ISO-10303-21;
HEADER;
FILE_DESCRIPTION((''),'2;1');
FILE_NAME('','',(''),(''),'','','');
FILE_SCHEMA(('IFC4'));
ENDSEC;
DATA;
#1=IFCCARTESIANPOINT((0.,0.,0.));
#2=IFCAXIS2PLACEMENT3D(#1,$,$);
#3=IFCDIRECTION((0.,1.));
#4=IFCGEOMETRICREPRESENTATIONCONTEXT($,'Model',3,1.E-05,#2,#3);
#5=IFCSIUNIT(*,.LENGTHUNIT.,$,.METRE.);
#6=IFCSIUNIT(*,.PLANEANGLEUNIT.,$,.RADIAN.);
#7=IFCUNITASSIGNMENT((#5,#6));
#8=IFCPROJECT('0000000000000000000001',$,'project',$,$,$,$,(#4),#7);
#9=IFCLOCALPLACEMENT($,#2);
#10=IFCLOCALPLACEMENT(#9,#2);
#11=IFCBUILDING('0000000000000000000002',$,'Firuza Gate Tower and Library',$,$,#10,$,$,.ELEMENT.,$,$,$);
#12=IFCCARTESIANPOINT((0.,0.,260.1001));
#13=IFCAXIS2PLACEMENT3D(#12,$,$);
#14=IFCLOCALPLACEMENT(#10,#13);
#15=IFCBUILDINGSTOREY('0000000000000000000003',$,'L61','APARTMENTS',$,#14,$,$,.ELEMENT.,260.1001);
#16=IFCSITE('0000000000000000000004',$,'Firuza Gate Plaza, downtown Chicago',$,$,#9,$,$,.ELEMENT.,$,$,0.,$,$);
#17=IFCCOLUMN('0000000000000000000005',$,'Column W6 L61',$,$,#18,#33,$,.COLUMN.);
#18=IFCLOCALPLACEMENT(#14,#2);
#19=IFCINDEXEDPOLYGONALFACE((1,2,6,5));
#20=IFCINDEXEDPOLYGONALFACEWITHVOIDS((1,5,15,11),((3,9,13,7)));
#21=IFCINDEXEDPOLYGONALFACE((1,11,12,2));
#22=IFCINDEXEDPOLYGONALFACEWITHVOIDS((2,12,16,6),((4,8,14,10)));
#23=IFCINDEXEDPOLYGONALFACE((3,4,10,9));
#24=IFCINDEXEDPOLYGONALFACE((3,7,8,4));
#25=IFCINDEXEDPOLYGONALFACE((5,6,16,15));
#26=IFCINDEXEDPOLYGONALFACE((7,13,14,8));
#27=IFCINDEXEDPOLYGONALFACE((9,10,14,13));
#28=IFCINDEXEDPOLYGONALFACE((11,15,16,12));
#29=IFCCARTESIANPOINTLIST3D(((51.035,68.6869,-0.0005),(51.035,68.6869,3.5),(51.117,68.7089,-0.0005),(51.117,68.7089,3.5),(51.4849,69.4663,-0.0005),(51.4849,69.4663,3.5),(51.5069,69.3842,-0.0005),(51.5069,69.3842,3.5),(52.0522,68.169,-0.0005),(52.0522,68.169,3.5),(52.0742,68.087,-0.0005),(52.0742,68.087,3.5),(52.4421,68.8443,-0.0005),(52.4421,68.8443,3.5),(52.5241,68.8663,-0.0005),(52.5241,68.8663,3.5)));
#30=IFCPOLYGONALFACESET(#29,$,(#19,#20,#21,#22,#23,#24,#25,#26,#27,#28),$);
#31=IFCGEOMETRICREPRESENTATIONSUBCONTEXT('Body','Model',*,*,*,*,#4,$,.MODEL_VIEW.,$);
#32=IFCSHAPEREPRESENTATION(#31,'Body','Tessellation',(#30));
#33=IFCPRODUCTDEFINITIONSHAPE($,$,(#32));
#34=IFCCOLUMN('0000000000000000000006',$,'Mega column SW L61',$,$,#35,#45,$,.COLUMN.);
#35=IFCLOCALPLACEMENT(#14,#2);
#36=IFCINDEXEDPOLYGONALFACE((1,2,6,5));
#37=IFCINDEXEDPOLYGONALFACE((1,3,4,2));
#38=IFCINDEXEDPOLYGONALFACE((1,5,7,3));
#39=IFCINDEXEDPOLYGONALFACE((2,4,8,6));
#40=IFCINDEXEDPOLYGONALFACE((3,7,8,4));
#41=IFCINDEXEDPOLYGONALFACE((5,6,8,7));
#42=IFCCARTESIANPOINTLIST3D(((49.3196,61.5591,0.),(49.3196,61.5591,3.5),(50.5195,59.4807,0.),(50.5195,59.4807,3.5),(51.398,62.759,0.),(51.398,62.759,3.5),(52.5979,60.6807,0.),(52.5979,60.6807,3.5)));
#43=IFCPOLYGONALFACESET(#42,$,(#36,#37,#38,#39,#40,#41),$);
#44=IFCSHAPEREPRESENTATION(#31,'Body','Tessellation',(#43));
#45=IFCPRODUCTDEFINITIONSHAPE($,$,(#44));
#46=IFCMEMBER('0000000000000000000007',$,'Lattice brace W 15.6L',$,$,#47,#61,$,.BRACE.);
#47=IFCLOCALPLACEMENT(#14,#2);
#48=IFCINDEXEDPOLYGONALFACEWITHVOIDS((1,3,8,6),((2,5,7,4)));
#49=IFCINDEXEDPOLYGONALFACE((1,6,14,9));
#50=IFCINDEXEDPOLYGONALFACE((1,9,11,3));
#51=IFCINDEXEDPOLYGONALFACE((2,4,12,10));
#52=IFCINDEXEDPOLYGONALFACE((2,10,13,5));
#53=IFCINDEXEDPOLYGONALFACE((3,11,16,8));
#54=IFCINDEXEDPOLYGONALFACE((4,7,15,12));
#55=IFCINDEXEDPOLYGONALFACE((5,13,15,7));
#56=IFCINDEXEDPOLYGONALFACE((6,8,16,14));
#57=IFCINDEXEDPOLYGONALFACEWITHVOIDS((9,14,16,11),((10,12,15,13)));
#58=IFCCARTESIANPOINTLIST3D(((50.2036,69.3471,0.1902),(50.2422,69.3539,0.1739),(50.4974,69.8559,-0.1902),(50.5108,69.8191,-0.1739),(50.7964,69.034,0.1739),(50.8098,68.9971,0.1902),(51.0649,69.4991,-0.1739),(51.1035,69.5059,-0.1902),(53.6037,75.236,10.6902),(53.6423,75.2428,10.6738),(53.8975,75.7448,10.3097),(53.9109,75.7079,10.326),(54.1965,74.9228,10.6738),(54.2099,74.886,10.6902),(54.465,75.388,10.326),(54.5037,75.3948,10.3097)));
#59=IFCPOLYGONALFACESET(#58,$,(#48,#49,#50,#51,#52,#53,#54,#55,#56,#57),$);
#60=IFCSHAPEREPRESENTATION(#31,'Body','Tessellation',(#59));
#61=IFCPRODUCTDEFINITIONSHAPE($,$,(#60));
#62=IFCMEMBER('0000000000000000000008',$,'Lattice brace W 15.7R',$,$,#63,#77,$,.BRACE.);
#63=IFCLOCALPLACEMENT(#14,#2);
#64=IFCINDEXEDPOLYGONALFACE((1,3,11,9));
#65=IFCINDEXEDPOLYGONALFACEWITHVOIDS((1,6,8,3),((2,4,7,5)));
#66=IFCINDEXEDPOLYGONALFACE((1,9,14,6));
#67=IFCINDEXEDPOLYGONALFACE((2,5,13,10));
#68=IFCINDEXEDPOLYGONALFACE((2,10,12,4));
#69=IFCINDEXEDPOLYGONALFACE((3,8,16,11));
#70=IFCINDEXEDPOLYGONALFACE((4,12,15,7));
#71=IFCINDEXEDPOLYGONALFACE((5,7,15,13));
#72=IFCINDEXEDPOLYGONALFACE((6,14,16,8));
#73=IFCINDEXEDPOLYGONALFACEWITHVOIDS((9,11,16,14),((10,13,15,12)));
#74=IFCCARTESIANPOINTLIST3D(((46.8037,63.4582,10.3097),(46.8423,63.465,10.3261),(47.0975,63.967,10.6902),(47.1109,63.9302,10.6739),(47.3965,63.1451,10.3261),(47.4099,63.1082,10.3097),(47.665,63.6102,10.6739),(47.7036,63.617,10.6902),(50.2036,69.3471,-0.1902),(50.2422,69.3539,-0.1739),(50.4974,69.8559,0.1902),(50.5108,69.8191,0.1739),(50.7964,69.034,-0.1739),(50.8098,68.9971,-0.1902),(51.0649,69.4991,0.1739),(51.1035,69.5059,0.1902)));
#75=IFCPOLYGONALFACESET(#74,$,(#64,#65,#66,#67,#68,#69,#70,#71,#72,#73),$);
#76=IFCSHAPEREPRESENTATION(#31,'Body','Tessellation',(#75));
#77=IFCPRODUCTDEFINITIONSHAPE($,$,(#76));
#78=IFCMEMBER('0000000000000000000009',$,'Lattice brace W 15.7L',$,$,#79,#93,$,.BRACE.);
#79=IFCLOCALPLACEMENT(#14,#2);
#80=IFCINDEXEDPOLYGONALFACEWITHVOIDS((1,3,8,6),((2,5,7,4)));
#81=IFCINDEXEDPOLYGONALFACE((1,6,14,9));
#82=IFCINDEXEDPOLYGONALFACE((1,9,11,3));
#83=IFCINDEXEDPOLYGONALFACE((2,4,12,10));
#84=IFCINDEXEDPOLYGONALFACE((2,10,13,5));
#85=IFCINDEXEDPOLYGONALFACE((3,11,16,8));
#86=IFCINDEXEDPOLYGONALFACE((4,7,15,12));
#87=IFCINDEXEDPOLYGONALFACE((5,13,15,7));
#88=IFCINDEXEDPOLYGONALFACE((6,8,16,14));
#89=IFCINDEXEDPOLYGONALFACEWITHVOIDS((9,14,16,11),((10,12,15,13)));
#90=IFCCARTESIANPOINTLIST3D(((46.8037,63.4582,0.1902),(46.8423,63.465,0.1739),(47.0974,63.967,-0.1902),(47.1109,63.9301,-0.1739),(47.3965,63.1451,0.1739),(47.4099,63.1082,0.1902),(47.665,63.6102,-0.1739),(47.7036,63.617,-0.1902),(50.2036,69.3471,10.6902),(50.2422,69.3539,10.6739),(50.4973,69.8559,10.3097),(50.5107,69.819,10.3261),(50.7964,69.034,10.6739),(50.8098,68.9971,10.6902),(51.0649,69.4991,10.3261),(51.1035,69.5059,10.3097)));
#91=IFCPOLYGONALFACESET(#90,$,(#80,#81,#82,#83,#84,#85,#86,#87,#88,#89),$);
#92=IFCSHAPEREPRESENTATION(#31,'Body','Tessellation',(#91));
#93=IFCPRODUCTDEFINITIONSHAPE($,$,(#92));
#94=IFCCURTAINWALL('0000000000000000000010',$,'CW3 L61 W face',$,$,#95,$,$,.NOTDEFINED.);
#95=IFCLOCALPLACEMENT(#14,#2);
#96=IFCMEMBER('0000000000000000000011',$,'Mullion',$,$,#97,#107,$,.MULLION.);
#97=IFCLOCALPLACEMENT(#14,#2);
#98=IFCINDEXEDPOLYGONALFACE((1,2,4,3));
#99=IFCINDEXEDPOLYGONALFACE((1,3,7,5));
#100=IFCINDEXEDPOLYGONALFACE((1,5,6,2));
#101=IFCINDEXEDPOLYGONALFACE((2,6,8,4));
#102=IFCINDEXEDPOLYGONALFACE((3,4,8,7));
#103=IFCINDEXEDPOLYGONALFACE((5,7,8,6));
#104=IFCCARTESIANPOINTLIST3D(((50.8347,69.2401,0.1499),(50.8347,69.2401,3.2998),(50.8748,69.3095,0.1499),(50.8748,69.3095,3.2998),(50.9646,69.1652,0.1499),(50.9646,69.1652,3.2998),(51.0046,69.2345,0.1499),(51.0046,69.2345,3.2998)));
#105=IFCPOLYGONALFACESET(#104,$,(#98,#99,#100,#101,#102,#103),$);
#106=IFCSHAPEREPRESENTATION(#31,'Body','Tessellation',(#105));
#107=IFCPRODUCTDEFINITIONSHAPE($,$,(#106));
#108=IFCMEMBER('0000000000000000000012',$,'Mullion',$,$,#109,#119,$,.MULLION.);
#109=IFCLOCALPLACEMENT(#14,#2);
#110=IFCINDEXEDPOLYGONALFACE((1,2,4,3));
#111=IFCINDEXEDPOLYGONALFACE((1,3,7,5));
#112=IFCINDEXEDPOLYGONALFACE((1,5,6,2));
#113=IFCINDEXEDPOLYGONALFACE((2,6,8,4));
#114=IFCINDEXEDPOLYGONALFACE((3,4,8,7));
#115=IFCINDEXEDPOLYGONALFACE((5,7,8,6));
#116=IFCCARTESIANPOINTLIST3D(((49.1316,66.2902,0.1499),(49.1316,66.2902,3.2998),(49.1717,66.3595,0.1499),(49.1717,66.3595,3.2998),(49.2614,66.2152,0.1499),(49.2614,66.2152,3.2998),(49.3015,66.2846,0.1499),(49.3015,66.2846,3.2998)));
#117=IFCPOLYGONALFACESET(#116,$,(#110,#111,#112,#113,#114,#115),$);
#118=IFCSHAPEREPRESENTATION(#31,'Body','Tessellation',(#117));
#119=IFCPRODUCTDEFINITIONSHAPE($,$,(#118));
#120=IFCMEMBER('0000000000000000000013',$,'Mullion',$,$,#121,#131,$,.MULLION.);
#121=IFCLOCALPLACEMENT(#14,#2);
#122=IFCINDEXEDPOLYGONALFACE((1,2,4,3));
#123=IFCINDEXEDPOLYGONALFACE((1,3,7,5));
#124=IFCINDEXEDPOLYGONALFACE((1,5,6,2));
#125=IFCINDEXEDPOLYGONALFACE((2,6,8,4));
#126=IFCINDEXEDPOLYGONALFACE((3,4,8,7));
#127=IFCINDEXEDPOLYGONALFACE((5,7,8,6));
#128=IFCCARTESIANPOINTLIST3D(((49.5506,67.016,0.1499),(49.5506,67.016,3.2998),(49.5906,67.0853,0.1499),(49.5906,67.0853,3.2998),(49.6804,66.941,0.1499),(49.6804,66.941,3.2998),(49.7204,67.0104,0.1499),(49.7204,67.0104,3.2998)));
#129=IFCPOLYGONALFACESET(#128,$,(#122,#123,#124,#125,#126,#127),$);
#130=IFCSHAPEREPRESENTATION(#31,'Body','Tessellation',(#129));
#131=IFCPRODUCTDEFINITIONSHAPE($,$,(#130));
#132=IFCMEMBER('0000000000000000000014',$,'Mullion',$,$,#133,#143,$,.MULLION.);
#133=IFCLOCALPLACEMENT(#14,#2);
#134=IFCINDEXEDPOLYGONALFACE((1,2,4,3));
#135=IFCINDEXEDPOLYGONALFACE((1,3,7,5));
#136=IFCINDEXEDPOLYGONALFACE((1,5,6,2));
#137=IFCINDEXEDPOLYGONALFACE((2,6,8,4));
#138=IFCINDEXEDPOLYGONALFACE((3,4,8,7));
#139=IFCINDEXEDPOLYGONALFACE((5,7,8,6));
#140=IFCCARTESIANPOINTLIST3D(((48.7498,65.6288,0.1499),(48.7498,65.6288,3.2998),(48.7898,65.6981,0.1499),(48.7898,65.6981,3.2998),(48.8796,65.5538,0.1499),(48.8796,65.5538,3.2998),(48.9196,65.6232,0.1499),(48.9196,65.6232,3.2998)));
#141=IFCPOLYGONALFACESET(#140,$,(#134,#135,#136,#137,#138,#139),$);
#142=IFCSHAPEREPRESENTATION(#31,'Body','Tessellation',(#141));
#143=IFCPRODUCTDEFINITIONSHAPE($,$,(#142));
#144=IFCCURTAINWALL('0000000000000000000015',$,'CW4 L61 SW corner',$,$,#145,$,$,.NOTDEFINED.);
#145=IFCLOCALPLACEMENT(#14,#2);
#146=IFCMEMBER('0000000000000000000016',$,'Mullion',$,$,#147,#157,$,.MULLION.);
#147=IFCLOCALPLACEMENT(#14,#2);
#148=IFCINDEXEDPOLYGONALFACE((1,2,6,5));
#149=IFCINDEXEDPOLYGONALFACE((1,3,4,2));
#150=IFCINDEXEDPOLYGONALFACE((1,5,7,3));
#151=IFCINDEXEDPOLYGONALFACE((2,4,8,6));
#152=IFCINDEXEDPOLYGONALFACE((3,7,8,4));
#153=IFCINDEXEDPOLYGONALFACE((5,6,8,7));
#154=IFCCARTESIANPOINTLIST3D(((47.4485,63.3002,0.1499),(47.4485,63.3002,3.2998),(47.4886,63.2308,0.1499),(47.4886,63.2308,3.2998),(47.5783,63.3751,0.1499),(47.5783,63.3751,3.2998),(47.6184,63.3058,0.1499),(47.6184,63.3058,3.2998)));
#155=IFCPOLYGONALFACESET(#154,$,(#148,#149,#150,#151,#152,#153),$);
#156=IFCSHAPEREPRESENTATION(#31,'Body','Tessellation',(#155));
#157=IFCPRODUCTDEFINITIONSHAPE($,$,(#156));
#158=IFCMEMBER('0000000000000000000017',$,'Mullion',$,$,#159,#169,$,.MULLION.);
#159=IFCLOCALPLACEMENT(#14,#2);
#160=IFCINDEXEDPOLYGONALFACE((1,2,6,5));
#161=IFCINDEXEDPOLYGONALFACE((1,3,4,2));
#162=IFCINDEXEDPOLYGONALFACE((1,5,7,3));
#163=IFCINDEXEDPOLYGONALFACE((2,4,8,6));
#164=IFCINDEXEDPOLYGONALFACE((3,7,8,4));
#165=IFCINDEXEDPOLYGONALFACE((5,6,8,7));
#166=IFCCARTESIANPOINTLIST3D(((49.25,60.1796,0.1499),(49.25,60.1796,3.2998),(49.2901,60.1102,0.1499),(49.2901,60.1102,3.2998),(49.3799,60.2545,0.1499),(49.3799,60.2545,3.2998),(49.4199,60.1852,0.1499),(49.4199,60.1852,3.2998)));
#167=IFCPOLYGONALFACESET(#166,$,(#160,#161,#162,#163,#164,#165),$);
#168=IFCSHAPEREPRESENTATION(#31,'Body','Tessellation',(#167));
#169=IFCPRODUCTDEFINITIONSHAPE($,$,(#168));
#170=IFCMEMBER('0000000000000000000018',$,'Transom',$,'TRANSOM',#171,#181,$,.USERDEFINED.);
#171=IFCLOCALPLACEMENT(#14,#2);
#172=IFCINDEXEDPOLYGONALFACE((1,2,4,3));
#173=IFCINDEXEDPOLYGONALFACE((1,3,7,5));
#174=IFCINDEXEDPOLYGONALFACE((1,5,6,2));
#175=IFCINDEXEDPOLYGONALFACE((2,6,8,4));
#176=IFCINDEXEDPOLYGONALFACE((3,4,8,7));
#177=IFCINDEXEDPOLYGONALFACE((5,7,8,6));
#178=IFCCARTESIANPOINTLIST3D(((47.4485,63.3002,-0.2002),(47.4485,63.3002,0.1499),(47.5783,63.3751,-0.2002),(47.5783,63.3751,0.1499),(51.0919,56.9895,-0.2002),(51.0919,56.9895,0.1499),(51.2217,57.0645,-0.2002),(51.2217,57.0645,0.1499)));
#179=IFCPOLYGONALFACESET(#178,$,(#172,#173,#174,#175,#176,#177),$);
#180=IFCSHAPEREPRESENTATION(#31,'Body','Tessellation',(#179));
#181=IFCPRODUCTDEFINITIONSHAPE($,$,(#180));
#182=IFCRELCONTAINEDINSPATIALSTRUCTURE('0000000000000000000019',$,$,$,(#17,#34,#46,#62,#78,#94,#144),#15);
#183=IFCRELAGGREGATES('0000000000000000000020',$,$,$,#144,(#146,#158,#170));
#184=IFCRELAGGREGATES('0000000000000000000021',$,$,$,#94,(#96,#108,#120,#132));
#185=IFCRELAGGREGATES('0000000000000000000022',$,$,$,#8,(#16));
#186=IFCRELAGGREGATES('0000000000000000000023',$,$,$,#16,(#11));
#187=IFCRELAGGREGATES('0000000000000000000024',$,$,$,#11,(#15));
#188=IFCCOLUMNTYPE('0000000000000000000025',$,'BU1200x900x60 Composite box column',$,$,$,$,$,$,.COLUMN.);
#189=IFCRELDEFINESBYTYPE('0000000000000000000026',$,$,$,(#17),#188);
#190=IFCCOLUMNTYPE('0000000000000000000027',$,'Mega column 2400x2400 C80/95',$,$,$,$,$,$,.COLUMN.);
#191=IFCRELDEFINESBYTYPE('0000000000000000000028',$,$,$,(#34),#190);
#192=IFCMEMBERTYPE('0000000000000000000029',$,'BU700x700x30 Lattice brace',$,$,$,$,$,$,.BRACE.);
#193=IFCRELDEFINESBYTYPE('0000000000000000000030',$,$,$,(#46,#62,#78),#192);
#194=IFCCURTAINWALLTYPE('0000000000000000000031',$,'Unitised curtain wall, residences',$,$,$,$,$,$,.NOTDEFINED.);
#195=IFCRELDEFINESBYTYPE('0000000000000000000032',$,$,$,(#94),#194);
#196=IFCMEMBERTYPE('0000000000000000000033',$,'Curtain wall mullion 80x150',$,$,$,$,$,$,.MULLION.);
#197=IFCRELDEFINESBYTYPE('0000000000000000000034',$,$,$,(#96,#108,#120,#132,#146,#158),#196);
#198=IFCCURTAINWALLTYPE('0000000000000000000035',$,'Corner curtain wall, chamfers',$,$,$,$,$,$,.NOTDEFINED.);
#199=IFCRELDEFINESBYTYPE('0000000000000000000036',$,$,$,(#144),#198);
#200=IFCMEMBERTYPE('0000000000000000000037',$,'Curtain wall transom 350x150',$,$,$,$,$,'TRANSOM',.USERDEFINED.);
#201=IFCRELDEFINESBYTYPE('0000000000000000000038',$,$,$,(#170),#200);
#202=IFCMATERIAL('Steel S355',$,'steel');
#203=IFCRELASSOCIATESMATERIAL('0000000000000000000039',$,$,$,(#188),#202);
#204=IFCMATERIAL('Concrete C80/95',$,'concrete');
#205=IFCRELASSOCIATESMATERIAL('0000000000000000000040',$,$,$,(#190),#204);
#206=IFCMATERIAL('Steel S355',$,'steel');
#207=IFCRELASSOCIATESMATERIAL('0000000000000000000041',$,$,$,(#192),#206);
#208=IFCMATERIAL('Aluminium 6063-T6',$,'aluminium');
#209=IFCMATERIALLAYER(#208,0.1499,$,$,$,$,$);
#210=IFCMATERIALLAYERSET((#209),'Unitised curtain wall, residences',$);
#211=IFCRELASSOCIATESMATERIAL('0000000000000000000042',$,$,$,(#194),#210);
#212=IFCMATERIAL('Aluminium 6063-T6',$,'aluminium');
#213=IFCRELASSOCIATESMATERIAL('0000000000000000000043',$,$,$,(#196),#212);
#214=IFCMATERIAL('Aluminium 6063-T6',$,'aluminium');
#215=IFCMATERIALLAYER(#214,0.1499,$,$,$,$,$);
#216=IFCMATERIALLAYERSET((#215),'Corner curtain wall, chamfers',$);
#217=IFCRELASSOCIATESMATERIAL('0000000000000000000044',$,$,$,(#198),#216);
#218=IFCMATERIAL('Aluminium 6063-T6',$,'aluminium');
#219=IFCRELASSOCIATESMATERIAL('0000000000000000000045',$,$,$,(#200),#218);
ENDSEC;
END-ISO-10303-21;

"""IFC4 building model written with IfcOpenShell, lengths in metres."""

from ifc_helpers import new_model, si_unit, direction, frame, origin, origin_2d, place, context, subcontext, project, spatial, rectangle, hollow_rectangle, extrude, material, layer, layer_set, material_profile, profile_set, type_object, element, aggregate, save


model = new_model("IFC4")

# Units and contexts
model_context = context("Model", 3, precision=1e-05, world=origin(), true_north=direction((0.0, 1.0)))
body_context = subcontext(model_context, "Body", "Model", "MODEL_VIEW")
ifc_project = project(units=[si_unit("LENGTHUNIT", "METRE"), si_unit("PLANEANGLEUNIT", "RADIAN")], contexts=[model_context])

# Site, building, storey
site_placement = place(None, origin())
site = spatial("IfcSite", under=ifc_project, at=site_placement, Name="Firuza Gate Plaza, downtown Chicago", CompositionType="ELEMENT", RefElevation=0.0)
building_placement = place(site_placement, origin())
building = spatial("IfcBuilding", under=site, at=building_placement, Name="Firuza Gate Tower and Library", CompositionType="ELEMENT")
storey_placement = place(building_placement, frame((0.0, 0.0, 260.1001)))
storey = spatial("IfcBuildingStorey", under=building, at=storey_placement, Name="L61", Description="APARTMENTS", CompositionType="ELEMENT", Elevation=260.1001)

# Columns
ifc_material_1 = material(Name="Steel S355", Category="steel")
ifc_material_profile_1 = material_profile(ifc_material_1, hollow_rectangle(XDim=0.8999, YDim=1.2, WallThickness=0.0601, at=origin_2d()))
ifc_profile_set_1 = profile_set([ifc_material_profile_1], Name="Steel S355")
column_type_1 = type_object("IfcColumnType", Name="BU1200x900x60 Composite box column", PredefinedType="COLUMN", material=ifc_profile_set_1)
column_1_placement = place(storey_placement, frame((51.7795, 68.7766, -0.0005), z_axis=(0.0, 0.0, 1.0), x_axis=(-0.5, -0.866025, 0.0)))
element("IfcColumn", 1, at=column_1_placement, inside=storey, type_object=column_type_1, Name="Column W6 L61", PredefinedType="COLUMN", context=body_context, shape_type="SweptSolid", body=[
    extrude(hollow_rectangle(XDim=0.8999, YDim=1.2, WallThickness=0.0601, at=origin_2d()), origin(), (0.0, 0.0, 1.0), 3.5005),
])
ifc_material_2 = material(Name="Concrete C80/95", Category="concrete")
ifc_material_profile_2 = material_profile(ifc_material_2, rectangle(XDim=2.3999, YDim=2.3999, at=origin_2d()))
ifc_profile_set_2 = profile_set([ifc_material_profile_2], Name="Concrete C80/95")
column_type_2 = type_object("IfcColumnType", Name="Mega column 2400x2400 C80/95", PredefinedType="COLUMN", material=ifc_profile_set_2)
column_2_placement = place(storey_placement, frame((50.9587, 61.1199, 0.0), z_axis=(0.0, 0.0, 1.0), x_axis=(0.5, -0.866025, 0.0)))
element("IfcColumn", 2, at=column_2_placement, inside=storey, type_object=column_type_2, Name="Mega column SW L61", PredefinedType="COLUMN", context=body_context, shape_type="SweptSolid", body=[
    extrude(rectangle(XDim=2.3999, YDim=2.3999, at=origin_2d()), origin(), (0.0, 0.0, 1.0), 3.5),
])

# Members
ifc_material_3 = material(Name="Steel S355", Category="steel")
ifc_material_profile_3 = material_profile(ifc_material_3, hollow_rectangle(XDim=0.7, YDim=0.7, WallThickness=0.03, at=origin_2d()))
ifc_profile_set_3 = profile_set([ifc_material_profile_3], Name="Steel S355")
member_type_1 = type_object("IfcMemberType", Name="BU700x700x30 Lattice brace", PredefinedType="BRACE", material=ifc_profile_set_3)
for number, where, z_axis, x_axis, name in (
    (3, (50.6536, 69.4265, 0.0), (0.271803, 0.470751, 0.839355), (-0.866014, 0.50002, 0.0), "Lattice brace W 15.6L"),
    (4, (50.6536, 69.4265, 0.0), (-0.271785, -0.470754, 0.839359), (0.86603, -0.499993, 0.0), "Lattice brace W 15.7R"),
    (5, (47.2537, 63.5376, 0.0), (0.271785, 0.470754, 0.839359), (-0.86603, 0.499993, 0.0), "Lattice brace W 15.7L"),
):
    element("IfcMember", number, at=place(storey_placement, frame(where, z_axis=z_axis, x_axis=x_axis)), inside=storey, type_object=member_type_1, Name=name, PredefinedType="BRACE", context=body_context, shape_type="SweptSolid", body=[
        extrude(hollow_rectangle(XDim=0.7, YDim=0.7, WallThickness=0.03, at=origin_2d()), origin(), (0.0, 0.0, 1.0), 12.5095),
    ])

# Curtain walls, members
ifc_material_4 = material(Name="Aluminium 6063-T6", Category="aluminium")
ifc_layer_1 = layer(ifc_material_4, 0.1499)
ifc_layer_set_1 = layer_set([ifc_layer_1], Name="Unitised curtain wall, residences")
curtain_wall_type_1 = type_object("IfcCurtainWallType", Name="Unitised curtain wall, residences", PredefinedType="NOTDEFINED", material=ifc_layer_set_1)
placement = place(storey_placement, origin())
curtain_wall_1 = element("IfcCurtainWall", 6, at=placement, inside=storey, type_object=curtain_wall_type_1, Name="CW3 L61 W face", PredefinedType="NOTDEFINED")
ifc_material_5 = material(Name="Aluminium 6063-T6", Category="aluminium")
ifc_material_profile_4 = material_profile(ifc_material_5, rectangle(XDim=0.1499, YDim=0.0801, at=origin_2d()))
ifc_profile_set_4 = profile_set([ifc_material_profile_4], Name="Aluminium 6063-T6")
member_type_2 = type_object("IfcMemberType", Name="Curtain wall mullion 80x150", PredefinedType="MULLION", material=ifc_profile_set_4)
member_1_placement = place(storey_placement, frame((50.9197, 69.2373, 0.1499), z_axis=(0.0, 0.0, 1.0), x_axis=(0.866025, -0.5, 0.0)))
member_1 = element("IfcMember", 7, at=member_1_placement, type_object=member_type_2, Name="Mullion", PredefinedType="MULLION", context=body_context, shape_type="SweptSolid", body=[
    extrude(rectangle(XDim=0.1499, YDim=0.0801, at=origin_2d()), origin(), (0.0, 0.0, 1.0), 3.1499),
])
member_2_placement = place(storey_placement, frame((49.2166, 66.2874, 0.1499), z_axis=(0.0, 0.0, 1.0), x_axis=(0.866025, -0.5, 0.0)))
member_2 = element("IfcMember", 8, at=member_2_placement, type_object=member_type_2, Name="Mullion", PredefinedType="MULLION", context=body_context, shape_type="SweptSolid", body=[
    extrude(rectangle(XDim=0.1499, YDim=0.0801, at=origin_2d()), origin(), (0.0, 0.0, 1.0), 3.1499),
])
member_3_placement = place(storey_placement, frame((49.6355, 67.0132, 0.1499), z_axis=(0.0, 0.0, 1.0), x_axis=(0.866025, -0.5, 0.0)))
member_3 = element("IfcMember", 9, at=member_3_placement, type_object=member_type_2, Name="Mullion", PredefinedType="MULLION", context=body_context, shape_type="SweptSolid", body=[
    extrude(rectangle(XDim=0.1499, YDim=0.0801, at=origin_2d()), origin(), (0.0, 0.0, 1.0), 3.1499),
])
member_4_placement = place(storey_placement, frame((48.8347, 65.626, 0.1499), z_axis=(0.0, 0.0, 1.0), x_axis=(0.866025, -0.5, 0.0)))
member_4 = element("IfcMember", 10, at=member_4_placement, type_object=member_type_2, Name="Mullion", PredefinedType="MULLION", context=body_context, shape_type="SweptSolid", body=[
    extrude(rectangle(XDim=0.1499, YDim=0.0801, at=origin_2d()), origin(), (0.0, 0.0, 1.0), 3.1499),
])
ifc_material_6 = material(Name="Aluminium 6063-T6", Category="aluminium")
ifc_layer_2 = layer(ifc_material_6, 0.1499)
ifc_layer_set_2 = layer_set([ifc_layer_2], Name="Corner curtain wall, chamfers")
curtain_wall_type_2 = type_object("IfcCurtainWallType", Name="Corner curtain wall, chamfers", PredefinedType="NOTDEFINED", material=ifc_layer_set_2)
curtain_wall_2 = element("IfcCurtainWall", 11, at=placement, inside=storey, type_object=curtain_wall_type_2, Name="CW4 L61 SW corner", PredefinedType="NOTDEFINED")
member_5_placement = place(storey_placement, frame((47.5334, 63.303, 0.1499), z_axis=(0.0, 0.0, 1.0), x_axis=(0.866025, 0.5, 0.0)))
member_5 = element("IfcMember", 12, at=member_5_placement, type_object=member_type_2, Name="Mullion", PredefinedType="MULLION", context=body_context, shape_type="SweptSolid", body=[
    extrude(rectangle(XDim=0.1499, YDim=0.0801, at=origin_2d()), origin(), (0.0, 0.0, 1.0), 3.1499),
])
member_6_placement = place(storey_placement, frame((49.335, 60.1824, 0.1499), z_axis=(0.0, 0.0, 1.0), x_axis=(0.866025, 0.5, 0.0)))
member_6 = element("IfcMember", 13, at=member_6_placement, type_object=member_type_2, Name="Mullion", PredefinedType="MULLION", context=body_context, shape_type="SweptSolid", body=[
    extrude(rectangle(XDim=0.1499, YDim=0.0801, at=origin_2d()), origin(), (0.0, 0.0, 1.0), 3.1499),
])
ifc_material_7 = material(Name="Aluminium 6063-T6", Category="aluminium")
ifc_material_profile_5 = material_profile(ifc_material_7, rectangle(XDim=0.1499, YDim=0.3501, at=origin_2d()))
ifc_profile_set_5 = profile_set([ifc_material_profile_5], Name="Aluminium 6063-T6")
member_type_3 = type_object("IfcMemberType", Name="Curtain wall transom 350x150", ElementType="TRANSOM", PredefinedType="USERDEFINED", material=ifc_profile_set_5)
member_7_placement = place(storey_placement, frame((47.5134, 63.3376, -0.0251), z_axis=(0.499991, -0.86603, 0.0), x_axis=(0.86603, 0.499991, 0.0)))
member_7 = element("IfcMember", 14, at=member_7_placement, type_object=member_type_3, Name="Transom", ObjectType="TRANSOM", PredefinedType="USERDEFINED", context=body_context, shape_type="SweptSolid", body=[
    extrude(rectangle(XDim=0.1499, YDim=0.3501, at=origin_2d()), origin(), (0.0, 0.0, 1.0), 7.2869),
])

aggregate(curtain_wall_2, [member_5, member_6, member_7])
aggregate(curtain_wall_1, [member_1, member_2, member_3, member_4])

save(model, "model.ifc")
